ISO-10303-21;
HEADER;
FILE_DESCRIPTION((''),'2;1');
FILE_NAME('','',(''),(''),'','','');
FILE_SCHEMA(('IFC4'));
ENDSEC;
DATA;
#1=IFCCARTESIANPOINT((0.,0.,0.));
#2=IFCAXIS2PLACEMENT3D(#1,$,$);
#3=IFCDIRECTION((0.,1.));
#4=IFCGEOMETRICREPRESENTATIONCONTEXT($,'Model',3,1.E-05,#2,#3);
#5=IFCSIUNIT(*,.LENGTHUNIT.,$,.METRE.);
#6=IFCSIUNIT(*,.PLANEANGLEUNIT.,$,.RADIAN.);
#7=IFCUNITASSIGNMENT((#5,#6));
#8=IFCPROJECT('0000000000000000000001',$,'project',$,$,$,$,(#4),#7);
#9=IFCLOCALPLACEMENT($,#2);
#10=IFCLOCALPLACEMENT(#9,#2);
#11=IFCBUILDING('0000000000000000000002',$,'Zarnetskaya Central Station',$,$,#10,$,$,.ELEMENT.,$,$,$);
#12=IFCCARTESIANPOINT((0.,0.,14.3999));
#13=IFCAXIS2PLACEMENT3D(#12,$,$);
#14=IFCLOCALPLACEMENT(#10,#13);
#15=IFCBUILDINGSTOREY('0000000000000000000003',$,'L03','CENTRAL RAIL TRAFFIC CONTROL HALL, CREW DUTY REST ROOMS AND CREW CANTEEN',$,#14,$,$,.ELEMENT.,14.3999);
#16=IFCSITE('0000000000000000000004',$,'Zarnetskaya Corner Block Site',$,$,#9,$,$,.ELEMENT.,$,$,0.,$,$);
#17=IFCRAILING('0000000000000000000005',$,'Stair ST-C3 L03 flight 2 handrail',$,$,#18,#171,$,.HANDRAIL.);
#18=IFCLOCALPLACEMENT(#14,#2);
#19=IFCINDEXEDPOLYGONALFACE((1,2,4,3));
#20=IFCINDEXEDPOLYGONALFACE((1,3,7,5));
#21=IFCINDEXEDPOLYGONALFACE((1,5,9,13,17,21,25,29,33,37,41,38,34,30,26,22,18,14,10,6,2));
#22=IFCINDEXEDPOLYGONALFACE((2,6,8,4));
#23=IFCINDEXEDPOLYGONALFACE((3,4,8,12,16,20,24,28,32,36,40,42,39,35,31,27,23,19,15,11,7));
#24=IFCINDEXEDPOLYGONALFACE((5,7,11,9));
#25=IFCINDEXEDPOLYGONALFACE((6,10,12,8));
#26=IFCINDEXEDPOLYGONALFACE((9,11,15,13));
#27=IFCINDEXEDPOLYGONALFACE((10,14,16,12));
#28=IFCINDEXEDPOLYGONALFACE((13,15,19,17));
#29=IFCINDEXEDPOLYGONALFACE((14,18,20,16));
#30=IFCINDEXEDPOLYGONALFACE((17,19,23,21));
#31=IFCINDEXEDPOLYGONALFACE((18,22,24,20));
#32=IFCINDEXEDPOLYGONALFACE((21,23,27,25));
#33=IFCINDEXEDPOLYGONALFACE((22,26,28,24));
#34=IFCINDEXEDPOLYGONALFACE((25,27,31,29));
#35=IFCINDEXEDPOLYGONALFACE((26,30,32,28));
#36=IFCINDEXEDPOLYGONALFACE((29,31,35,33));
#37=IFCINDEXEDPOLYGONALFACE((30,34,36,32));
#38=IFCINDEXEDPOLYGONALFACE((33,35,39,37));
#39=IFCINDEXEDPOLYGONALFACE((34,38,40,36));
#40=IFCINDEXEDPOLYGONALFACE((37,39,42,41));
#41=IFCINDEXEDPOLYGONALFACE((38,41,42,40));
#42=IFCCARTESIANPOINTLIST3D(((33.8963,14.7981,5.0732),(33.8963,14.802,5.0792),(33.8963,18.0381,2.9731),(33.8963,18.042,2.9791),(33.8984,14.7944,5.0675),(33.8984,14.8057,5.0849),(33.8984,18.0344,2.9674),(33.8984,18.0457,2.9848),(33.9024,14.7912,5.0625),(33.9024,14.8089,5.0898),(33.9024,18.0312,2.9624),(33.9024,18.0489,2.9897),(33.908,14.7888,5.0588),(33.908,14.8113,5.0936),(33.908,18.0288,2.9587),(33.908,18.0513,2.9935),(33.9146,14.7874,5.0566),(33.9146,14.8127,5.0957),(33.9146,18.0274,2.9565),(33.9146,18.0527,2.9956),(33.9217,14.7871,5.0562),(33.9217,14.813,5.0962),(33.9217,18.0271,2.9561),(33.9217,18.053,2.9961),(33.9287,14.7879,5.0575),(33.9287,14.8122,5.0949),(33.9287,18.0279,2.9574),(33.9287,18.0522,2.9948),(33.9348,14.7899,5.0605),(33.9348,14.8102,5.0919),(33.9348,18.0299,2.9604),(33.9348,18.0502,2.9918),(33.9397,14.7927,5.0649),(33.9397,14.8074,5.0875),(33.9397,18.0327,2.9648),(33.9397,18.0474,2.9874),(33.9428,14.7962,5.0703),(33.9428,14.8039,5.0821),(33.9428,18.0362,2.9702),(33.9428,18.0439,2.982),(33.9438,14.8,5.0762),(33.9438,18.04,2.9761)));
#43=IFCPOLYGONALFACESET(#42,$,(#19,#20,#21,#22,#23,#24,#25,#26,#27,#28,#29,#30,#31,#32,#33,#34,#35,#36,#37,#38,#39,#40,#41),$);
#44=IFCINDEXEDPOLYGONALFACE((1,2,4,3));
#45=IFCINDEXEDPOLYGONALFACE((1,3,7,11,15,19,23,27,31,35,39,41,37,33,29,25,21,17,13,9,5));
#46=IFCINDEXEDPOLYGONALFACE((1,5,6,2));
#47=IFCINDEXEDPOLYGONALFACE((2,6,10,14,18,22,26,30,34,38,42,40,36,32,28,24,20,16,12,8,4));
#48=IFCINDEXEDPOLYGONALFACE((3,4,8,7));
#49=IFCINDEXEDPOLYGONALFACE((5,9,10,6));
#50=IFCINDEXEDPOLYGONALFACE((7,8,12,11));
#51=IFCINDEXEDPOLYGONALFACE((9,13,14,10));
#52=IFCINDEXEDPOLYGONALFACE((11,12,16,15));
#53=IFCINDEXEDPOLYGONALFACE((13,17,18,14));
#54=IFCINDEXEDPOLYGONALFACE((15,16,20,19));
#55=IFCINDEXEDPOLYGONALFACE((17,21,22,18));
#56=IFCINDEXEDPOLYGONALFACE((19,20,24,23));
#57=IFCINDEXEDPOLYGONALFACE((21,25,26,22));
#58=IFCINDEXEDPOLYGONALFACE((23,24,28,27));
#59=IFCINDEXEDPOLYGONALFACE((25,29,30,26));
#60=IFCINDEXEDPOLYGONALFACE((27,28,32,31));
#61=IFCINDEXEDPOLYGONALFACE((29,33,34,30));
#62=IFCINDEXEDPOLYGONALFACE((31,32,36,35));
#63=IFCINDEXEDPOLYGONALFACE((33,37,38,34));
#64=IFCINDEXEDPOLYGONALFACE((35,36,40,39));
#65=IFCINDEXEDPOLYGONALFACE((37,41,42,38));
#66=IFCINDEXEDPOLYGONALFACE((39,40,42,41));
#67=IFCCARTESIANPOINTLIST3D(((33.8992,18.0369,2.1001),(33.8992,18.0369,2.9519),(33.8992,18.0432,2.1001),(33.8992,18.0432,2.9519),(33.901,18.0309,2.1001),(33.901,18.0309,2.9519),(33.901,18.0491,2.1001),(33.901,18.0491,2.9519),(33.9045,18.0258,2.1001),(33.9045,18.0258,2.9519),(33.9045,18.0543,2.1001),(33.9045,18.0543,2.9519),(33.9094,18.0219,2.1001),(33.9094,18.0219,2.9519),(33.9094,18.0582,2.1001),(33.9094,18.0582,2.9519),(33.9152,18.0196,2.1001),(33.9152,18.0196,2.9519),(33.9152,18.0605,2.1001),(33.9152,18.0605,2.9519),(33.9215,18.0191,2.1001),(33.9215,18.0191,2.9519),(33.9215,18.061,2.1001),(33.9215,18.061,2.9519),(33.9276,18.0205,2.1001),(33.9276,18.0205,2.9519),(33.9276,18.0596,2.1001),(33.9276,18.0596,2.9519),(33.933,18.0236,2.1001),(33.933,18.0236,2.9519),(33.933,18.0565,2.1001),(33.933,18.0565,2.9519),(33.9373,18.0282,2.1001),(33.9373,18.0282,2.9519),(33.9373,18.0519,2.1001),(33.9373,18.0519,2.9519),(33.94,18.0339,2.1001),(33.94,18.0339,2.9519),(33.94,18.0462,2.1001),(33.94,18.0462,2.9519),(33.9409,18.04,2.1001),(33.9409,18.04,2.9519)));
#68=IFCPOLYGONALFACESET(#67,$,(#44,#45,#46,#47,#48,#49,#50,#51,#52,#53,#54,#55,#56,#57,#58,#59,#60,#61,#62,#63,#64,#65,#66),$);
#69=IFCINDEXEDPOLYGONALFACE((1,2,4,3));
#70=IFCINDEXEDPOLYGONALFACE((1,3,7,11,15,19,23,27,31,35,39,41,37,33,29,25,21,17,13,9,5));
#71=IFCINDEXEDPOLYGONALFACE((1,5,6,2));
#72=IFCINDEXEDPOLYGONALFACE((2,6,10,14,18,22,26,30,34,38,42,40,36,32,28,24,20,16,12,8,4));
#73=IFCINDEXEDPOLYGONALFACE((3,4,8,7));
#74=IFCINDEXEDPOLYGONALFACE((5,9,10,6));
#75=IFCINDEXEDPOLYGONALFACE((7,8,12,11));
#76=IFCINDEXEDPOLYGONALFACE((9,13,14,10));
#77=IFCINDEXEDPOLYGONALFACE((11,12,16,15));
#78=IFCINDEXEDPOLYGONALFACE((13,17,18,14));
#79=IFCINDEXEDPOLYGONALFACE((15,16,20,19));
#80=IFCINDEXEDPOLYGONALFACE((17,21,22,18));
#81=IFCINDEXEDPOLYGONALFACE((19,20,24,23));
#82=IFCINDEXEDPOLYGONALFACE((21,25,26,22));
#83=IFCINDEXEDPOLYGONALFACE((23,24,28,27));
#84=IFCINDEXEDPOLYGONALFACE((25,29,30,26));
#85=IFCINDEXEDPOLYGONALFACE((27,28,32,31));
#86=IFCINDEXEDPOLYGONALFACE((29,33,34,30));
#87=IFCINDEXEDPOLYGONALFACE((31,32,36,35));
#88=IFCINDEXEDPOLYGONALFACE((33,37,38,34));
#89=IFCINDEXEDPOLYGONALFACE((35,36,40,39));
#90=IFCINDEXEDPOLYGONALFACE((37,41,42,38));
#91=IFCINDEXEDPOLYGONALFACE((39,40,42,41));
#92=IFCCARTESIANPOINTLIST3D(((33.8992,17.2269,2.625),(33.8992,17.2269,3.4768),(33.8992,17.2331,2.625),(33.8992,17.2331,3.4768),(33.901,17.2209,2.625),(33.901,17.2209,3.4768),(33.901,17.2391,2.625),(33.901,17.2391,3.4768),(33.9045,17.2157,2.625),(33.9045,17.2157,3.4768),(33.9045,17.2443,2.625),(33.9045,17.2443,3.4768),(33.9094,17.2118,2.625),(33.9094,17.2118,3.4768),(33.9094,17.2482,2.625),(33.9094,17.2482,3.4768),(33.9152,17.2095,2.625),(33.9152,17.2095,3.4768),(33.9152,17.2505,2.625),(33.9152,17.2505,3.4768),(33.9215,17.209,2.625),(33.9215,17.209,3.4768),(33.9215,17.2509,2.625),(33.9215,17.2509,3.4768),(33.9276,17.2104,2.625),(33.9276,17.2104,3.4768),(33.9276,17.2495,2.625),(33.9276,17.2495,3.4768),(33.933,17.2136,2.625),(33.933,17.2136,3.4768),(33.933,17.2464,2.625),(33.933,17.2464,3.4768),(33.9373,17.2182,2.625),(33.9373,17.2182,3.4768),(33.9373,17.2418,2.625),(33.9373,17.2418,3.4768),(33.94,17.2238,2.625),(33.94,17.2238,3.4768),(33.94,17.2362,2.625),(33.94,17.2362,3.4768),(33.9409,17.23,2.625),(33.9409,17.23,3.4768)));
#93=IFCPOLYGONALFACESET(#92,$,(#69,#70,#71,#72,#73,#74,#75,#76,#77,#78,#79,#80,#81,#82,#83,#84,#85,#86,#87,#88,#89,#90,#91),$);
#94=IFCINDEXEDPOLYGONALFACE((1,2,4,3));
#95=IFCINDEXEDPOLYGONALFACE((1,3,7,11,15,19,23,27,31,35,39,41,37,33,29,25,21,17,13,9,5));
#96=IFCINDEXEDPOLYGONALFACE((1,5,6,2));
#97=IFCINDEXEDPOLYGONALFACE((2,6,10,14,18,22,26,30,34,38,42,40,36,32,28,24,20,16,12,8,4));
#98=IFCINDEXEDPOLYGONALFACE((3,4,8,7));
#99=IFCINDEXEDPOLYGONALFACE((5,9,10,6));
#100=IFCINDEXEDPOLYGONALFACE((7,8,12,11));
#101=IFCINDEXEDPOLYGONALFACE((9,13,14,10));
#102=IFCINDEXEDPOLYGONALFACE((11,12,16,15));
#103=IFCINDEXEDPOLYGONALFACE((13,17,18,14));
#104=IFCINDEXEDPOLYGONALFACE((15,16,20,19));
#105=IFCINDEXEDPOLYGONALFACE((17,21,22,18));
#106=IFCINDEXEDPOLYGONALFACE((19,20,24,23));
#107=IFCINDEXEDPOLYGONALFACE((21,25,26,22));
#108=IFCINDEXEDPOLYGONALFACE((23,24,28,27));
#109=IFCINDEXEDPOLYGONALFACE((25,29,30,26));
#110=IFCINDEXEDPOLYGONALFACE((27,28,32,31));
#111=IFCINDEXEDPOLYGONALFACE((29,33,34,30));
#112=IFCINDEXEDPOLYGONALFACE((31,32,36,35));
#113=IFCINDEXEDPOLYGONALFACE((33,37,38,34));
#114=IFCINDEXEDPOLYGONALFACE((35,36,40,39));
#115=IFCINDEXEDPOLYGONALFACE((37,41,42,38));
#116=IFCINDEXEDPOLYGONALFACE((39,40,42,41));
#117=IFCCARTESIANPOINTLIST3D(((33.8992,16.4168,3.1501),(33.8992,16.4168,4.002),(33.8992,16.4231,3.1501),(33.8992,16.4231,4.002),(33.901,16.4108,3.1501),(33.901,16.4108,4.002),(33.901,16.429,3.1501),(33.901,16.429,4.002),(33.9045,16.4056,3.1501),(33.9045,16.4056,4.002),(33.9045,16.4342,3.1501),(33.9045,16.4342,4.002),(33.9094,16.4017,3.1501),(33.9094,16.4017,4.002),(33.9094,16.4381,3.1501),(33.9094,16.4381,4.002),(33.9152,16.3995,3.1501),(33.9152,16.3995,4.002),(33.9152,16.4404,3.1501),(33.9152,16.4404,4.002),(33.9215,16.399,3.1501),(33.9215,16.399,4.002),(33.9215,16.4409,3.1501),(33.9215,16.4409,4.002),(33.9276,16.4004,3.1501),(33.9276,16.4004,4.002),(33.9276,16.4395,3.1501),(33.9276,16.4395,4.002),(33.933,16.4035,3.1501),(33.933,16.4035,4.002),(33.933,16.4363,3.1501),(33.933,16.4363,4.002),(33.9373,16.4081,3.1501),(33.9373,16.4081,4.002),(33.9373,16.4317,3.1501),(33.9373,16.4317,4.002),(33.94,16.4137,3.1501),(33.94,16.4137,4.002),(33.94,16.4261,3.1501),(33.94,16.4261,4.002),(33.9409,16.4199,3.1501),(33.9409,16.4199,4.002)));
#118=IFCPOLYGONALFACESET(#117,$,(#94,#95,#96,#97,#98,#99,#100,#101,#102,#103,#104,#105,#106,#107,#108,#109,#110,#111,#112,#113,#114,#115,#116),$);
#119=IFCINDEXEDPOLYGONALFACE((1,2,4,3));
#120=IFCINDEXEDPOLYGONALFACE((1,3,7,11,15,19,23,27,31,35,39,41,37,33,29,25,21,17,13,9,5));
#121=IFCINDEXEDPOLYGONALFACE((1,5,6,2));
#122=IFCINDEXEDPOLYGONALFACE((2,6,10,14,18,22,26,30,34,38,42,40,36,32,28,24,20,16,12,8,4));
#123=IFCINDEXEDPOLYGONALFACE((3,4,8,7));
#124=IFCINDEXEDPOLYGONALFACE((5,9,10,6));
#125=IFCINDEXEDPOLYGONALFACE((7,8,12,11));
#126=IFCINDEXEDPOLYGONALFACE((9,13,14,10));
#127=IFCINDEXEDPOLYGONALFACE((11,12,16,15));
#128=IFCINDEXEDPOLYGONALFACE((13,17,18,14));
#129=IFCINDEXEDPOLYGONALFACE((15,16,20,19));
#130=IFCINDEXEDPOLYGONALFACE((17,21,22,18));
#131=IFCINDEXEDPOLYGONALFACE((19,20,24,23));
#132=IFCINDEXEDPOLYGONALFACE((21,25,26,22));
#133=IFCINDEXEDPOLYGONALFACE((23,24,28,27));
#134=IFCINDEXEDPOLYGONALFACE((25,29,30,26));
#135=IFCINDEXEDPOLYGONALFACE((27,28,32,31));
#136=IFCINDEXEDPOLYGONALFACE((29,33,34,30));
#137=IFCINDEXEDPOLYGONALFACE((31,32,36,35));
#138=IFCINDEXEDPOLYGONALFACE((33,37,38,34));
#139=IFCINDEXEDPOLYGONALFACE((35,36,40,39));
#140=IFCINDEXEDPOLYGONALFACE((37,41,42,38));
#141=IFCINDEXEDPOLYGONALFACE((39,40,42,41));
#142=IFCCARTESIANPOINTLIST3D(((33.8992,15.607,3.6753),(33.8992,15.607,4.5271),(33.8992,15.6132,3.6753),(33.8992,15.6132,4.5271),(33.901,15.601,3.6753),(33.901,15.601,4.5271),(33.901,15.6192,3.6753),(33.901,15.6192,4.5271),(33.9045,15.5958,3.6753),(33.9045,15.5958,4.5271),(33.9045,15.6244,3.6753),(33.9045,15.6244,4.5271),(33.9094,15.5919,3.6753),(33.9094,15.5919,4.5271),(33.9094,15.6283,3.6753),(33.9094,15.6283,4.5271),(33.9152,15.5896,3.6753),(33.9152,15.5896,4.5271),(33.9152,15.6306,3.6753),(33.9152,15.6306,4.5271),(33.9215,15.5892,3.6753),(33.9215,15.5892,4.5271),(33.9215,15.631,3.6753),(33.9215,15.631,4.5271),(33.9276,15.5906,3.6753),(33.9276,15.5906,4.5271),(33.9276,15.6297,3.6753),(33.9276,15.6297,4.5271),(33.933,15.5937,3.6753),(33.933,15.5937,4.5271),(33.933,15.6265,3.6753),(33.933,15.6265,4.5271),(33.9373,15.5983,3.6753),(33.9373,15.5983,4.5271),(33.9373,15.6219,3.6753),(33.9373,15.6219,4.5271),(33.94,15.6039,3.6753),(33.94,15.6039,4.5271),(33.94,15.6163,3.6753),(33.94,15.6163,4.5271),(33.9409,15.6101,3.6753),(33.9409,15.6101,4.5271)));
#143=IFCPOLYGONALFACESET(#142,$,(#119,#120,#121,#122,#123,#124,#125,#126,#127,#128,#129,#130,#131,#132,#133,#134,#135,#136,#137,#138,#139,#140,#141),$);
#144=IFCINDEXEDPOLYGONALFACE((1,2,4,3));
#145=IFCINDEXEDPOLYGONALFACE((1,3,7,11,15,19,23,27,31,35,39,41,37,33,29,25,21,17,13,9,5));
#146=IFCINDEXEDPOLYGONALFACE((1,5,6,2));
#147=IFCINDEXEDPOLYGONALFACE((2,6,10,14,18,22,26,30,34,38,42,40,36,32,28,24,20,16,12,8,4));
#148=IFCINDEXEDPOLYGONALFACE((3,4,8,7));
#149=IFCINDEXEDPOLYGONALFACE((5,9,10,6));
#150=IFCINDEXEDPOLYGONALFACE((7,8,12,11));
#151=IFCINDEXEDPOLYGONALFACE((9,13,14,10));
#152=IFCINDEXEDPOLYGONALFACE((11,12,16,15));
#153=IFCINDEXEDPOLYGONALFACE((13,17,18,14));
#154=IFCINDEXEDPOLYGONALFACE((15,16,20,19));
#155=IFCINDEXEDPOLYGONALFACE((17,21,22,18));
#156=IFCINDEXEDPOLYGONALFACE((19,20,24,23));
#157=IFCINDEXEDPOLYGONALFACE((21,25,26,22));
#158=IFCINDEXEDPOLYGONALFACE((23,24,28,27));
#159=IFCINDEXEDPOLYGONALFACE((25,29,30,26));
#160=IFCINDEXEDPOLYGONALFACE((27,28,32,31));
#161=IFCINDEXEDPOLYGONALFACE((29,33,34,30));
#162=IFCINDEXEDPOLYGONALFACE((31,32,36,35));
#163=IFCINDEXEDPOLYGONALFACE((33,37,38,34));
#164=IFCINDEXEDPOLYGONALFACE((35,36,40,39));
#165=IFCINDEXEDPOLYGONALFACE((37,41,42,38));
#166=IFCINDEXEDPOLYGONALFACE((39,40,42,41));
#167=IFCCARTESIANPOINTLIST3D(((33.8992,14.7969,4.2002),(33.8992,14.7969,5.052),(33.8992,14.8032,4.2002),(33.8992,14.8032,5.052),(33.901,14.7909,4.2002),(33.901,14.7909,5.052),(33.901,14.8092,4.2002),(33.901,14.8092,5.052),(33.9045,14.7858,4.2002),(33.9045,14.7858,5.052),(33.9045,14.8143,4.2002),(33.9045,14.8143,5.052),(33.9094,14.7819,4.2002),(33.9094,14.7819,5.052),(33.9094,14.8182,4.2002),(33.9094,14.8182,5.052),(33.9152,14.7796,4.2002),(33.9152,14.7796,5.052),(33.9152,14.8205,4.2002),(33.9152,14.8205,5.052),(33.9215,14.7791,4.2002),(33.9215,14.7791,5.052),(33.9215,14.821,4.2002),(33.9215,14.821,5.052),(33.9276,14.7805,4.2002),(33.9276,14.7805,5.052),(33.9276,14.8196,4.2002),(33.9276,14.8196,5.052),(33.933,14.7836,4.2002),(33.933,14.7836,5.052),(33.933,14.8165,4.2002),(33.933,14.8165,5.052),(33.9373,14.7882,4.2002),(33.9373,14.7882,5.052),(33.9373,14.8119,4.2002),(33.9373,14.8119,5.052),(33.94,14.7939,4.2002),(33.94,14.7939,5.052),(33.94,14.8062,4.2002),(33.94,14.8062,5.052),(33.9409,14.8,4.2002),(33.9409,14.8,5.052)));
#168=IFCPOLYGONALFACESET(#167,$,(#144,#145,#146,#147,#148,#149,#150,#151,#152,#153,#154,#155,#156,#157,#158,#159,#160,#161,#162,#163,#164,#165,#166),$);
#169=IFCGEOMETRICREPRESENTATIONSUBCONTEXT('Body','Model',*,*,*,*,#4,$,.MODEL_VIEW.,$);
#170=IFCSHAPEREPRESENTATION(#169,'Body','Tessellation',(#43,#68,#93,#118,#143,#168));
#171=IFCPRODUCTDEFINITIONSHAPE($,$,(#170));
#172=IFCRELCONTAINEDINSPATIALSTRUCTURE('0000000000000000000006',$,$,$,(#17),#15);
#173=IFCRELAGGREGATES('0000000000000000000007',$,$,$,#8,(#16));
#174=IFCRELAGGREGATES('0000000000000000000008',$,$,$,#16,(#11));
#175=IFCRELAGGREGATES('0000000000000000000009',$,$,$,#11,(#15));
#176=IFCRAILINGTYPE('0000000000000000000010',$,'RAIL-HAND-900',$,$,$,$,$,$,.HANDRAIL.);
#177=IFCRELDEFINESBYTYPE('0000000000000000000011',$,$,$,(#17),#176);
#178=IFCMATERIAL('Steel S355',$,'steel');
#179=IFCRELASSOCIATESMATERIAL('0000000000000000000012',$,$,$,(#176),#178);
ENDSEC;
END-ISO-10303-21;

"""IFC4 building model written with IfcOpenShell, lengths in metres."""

from ifc_helpers import new_model, si_unit, direction, frame, origin, origin_2d, place, context, subcontext, project, spatial, circle, extrude, material, type_object, element, save


model = new_model("IFC4")

# Units and contexts
model_context = context("Model", 3, precision=1e-05, world=origin(), true_north=direction((0.0, 1.0)))
body_context = subcontext(model_context, "Body", "Model", "MODEL_VIEW")
ifc_project = project(units=[si_unit("LENGTHUNIT", "METRE"), si_unit("PLANEANGLEUNIT", "RADIAN")], contexts=[model_context])

# Site, building, storey
site_placement = place(None, origin())
site = spatial("IfcSite", under=ifc_project, at=site_placement, Name="Zarnetskaya Corner Block Site", CompositionType="ELEMENT", RefElevation=0.0)
building_placement = place(site_placement, origin())
building = spatial("IfcBuilding", under=site, at=building_placement, Name="Zarnetskaya Central Station", CompositionType="ELEMENT")
storey_placement = place(building_placement, frame((0.0, 0.0, 14.3999)))
storey = spatial("IfcBuildingStorey", under=building, at=storey_placement, Name="L03", Description="CENTRAL RAIL TRAFFIC CONTROL HALL, CREW DUTY REST ROOMS AND CREW CANTEEN", CompositionType="ELEMENT", Elevation=14.3999)

# Shared definitions
ifc_material_1 = material(Name="Steel S355", Category="steel")

# Railing
railing_type_1 = type_object("IfcRailingType", Name="RAIL-HAND-900", PredefinedType="HANDRAIL", material=ifc_material_1)
railing_1_placement = place(storey_placement, frame((33.9199, 18.04, 2.1001)))
element("IfcRailing", 1, at=railing_1_placement, inside=storey, type_object=railing_type_1, Name="Stair ST-C3 L03 flight 2 handrail", PredefinedType="HANDRAIL", context=body_context, shape_type="SweptSolid", body=[
    extrude(circle(Radius=0.0239, at=origin_2d()), frame((0.0, 0.0, 0.876), z_axis=(0.0, -0.839141, 0.543914), x_axis=(1.0, 0.0, 0.0)), (0.0, 0.0, 1.0), 3.8611),
    extrude(circle(Radius=0.021, at=origin_2d()), origin(), (0.0, 0.0, 1.0), 0.8518),
    extrude(circle(Radius=0.021, at=origin_2d()), frame((0.0, -0.8101, 0.5249)), (0.0, 0.0, 1.0), 0.8518),
    extrude(circle(Radius=0.021, at=origin_2d()), frame((0.0, -1.6201, 1.05)), (0.0, 0.0, 1.0), 0.8518),
    extrude(circle(Radius=0.021, at=origin_2d()), frame((0.0, -2.4299, 1.5752)), (0.0, 0.0, 1.0), 0.8518),
    extrude(circle(Radius=0.021, at=origin_2d()), frame((0.0, -3.24, 2.1001)), (0.0, 0.0, 1.0), 0.8518),
])

save(model, "model.ifc")
